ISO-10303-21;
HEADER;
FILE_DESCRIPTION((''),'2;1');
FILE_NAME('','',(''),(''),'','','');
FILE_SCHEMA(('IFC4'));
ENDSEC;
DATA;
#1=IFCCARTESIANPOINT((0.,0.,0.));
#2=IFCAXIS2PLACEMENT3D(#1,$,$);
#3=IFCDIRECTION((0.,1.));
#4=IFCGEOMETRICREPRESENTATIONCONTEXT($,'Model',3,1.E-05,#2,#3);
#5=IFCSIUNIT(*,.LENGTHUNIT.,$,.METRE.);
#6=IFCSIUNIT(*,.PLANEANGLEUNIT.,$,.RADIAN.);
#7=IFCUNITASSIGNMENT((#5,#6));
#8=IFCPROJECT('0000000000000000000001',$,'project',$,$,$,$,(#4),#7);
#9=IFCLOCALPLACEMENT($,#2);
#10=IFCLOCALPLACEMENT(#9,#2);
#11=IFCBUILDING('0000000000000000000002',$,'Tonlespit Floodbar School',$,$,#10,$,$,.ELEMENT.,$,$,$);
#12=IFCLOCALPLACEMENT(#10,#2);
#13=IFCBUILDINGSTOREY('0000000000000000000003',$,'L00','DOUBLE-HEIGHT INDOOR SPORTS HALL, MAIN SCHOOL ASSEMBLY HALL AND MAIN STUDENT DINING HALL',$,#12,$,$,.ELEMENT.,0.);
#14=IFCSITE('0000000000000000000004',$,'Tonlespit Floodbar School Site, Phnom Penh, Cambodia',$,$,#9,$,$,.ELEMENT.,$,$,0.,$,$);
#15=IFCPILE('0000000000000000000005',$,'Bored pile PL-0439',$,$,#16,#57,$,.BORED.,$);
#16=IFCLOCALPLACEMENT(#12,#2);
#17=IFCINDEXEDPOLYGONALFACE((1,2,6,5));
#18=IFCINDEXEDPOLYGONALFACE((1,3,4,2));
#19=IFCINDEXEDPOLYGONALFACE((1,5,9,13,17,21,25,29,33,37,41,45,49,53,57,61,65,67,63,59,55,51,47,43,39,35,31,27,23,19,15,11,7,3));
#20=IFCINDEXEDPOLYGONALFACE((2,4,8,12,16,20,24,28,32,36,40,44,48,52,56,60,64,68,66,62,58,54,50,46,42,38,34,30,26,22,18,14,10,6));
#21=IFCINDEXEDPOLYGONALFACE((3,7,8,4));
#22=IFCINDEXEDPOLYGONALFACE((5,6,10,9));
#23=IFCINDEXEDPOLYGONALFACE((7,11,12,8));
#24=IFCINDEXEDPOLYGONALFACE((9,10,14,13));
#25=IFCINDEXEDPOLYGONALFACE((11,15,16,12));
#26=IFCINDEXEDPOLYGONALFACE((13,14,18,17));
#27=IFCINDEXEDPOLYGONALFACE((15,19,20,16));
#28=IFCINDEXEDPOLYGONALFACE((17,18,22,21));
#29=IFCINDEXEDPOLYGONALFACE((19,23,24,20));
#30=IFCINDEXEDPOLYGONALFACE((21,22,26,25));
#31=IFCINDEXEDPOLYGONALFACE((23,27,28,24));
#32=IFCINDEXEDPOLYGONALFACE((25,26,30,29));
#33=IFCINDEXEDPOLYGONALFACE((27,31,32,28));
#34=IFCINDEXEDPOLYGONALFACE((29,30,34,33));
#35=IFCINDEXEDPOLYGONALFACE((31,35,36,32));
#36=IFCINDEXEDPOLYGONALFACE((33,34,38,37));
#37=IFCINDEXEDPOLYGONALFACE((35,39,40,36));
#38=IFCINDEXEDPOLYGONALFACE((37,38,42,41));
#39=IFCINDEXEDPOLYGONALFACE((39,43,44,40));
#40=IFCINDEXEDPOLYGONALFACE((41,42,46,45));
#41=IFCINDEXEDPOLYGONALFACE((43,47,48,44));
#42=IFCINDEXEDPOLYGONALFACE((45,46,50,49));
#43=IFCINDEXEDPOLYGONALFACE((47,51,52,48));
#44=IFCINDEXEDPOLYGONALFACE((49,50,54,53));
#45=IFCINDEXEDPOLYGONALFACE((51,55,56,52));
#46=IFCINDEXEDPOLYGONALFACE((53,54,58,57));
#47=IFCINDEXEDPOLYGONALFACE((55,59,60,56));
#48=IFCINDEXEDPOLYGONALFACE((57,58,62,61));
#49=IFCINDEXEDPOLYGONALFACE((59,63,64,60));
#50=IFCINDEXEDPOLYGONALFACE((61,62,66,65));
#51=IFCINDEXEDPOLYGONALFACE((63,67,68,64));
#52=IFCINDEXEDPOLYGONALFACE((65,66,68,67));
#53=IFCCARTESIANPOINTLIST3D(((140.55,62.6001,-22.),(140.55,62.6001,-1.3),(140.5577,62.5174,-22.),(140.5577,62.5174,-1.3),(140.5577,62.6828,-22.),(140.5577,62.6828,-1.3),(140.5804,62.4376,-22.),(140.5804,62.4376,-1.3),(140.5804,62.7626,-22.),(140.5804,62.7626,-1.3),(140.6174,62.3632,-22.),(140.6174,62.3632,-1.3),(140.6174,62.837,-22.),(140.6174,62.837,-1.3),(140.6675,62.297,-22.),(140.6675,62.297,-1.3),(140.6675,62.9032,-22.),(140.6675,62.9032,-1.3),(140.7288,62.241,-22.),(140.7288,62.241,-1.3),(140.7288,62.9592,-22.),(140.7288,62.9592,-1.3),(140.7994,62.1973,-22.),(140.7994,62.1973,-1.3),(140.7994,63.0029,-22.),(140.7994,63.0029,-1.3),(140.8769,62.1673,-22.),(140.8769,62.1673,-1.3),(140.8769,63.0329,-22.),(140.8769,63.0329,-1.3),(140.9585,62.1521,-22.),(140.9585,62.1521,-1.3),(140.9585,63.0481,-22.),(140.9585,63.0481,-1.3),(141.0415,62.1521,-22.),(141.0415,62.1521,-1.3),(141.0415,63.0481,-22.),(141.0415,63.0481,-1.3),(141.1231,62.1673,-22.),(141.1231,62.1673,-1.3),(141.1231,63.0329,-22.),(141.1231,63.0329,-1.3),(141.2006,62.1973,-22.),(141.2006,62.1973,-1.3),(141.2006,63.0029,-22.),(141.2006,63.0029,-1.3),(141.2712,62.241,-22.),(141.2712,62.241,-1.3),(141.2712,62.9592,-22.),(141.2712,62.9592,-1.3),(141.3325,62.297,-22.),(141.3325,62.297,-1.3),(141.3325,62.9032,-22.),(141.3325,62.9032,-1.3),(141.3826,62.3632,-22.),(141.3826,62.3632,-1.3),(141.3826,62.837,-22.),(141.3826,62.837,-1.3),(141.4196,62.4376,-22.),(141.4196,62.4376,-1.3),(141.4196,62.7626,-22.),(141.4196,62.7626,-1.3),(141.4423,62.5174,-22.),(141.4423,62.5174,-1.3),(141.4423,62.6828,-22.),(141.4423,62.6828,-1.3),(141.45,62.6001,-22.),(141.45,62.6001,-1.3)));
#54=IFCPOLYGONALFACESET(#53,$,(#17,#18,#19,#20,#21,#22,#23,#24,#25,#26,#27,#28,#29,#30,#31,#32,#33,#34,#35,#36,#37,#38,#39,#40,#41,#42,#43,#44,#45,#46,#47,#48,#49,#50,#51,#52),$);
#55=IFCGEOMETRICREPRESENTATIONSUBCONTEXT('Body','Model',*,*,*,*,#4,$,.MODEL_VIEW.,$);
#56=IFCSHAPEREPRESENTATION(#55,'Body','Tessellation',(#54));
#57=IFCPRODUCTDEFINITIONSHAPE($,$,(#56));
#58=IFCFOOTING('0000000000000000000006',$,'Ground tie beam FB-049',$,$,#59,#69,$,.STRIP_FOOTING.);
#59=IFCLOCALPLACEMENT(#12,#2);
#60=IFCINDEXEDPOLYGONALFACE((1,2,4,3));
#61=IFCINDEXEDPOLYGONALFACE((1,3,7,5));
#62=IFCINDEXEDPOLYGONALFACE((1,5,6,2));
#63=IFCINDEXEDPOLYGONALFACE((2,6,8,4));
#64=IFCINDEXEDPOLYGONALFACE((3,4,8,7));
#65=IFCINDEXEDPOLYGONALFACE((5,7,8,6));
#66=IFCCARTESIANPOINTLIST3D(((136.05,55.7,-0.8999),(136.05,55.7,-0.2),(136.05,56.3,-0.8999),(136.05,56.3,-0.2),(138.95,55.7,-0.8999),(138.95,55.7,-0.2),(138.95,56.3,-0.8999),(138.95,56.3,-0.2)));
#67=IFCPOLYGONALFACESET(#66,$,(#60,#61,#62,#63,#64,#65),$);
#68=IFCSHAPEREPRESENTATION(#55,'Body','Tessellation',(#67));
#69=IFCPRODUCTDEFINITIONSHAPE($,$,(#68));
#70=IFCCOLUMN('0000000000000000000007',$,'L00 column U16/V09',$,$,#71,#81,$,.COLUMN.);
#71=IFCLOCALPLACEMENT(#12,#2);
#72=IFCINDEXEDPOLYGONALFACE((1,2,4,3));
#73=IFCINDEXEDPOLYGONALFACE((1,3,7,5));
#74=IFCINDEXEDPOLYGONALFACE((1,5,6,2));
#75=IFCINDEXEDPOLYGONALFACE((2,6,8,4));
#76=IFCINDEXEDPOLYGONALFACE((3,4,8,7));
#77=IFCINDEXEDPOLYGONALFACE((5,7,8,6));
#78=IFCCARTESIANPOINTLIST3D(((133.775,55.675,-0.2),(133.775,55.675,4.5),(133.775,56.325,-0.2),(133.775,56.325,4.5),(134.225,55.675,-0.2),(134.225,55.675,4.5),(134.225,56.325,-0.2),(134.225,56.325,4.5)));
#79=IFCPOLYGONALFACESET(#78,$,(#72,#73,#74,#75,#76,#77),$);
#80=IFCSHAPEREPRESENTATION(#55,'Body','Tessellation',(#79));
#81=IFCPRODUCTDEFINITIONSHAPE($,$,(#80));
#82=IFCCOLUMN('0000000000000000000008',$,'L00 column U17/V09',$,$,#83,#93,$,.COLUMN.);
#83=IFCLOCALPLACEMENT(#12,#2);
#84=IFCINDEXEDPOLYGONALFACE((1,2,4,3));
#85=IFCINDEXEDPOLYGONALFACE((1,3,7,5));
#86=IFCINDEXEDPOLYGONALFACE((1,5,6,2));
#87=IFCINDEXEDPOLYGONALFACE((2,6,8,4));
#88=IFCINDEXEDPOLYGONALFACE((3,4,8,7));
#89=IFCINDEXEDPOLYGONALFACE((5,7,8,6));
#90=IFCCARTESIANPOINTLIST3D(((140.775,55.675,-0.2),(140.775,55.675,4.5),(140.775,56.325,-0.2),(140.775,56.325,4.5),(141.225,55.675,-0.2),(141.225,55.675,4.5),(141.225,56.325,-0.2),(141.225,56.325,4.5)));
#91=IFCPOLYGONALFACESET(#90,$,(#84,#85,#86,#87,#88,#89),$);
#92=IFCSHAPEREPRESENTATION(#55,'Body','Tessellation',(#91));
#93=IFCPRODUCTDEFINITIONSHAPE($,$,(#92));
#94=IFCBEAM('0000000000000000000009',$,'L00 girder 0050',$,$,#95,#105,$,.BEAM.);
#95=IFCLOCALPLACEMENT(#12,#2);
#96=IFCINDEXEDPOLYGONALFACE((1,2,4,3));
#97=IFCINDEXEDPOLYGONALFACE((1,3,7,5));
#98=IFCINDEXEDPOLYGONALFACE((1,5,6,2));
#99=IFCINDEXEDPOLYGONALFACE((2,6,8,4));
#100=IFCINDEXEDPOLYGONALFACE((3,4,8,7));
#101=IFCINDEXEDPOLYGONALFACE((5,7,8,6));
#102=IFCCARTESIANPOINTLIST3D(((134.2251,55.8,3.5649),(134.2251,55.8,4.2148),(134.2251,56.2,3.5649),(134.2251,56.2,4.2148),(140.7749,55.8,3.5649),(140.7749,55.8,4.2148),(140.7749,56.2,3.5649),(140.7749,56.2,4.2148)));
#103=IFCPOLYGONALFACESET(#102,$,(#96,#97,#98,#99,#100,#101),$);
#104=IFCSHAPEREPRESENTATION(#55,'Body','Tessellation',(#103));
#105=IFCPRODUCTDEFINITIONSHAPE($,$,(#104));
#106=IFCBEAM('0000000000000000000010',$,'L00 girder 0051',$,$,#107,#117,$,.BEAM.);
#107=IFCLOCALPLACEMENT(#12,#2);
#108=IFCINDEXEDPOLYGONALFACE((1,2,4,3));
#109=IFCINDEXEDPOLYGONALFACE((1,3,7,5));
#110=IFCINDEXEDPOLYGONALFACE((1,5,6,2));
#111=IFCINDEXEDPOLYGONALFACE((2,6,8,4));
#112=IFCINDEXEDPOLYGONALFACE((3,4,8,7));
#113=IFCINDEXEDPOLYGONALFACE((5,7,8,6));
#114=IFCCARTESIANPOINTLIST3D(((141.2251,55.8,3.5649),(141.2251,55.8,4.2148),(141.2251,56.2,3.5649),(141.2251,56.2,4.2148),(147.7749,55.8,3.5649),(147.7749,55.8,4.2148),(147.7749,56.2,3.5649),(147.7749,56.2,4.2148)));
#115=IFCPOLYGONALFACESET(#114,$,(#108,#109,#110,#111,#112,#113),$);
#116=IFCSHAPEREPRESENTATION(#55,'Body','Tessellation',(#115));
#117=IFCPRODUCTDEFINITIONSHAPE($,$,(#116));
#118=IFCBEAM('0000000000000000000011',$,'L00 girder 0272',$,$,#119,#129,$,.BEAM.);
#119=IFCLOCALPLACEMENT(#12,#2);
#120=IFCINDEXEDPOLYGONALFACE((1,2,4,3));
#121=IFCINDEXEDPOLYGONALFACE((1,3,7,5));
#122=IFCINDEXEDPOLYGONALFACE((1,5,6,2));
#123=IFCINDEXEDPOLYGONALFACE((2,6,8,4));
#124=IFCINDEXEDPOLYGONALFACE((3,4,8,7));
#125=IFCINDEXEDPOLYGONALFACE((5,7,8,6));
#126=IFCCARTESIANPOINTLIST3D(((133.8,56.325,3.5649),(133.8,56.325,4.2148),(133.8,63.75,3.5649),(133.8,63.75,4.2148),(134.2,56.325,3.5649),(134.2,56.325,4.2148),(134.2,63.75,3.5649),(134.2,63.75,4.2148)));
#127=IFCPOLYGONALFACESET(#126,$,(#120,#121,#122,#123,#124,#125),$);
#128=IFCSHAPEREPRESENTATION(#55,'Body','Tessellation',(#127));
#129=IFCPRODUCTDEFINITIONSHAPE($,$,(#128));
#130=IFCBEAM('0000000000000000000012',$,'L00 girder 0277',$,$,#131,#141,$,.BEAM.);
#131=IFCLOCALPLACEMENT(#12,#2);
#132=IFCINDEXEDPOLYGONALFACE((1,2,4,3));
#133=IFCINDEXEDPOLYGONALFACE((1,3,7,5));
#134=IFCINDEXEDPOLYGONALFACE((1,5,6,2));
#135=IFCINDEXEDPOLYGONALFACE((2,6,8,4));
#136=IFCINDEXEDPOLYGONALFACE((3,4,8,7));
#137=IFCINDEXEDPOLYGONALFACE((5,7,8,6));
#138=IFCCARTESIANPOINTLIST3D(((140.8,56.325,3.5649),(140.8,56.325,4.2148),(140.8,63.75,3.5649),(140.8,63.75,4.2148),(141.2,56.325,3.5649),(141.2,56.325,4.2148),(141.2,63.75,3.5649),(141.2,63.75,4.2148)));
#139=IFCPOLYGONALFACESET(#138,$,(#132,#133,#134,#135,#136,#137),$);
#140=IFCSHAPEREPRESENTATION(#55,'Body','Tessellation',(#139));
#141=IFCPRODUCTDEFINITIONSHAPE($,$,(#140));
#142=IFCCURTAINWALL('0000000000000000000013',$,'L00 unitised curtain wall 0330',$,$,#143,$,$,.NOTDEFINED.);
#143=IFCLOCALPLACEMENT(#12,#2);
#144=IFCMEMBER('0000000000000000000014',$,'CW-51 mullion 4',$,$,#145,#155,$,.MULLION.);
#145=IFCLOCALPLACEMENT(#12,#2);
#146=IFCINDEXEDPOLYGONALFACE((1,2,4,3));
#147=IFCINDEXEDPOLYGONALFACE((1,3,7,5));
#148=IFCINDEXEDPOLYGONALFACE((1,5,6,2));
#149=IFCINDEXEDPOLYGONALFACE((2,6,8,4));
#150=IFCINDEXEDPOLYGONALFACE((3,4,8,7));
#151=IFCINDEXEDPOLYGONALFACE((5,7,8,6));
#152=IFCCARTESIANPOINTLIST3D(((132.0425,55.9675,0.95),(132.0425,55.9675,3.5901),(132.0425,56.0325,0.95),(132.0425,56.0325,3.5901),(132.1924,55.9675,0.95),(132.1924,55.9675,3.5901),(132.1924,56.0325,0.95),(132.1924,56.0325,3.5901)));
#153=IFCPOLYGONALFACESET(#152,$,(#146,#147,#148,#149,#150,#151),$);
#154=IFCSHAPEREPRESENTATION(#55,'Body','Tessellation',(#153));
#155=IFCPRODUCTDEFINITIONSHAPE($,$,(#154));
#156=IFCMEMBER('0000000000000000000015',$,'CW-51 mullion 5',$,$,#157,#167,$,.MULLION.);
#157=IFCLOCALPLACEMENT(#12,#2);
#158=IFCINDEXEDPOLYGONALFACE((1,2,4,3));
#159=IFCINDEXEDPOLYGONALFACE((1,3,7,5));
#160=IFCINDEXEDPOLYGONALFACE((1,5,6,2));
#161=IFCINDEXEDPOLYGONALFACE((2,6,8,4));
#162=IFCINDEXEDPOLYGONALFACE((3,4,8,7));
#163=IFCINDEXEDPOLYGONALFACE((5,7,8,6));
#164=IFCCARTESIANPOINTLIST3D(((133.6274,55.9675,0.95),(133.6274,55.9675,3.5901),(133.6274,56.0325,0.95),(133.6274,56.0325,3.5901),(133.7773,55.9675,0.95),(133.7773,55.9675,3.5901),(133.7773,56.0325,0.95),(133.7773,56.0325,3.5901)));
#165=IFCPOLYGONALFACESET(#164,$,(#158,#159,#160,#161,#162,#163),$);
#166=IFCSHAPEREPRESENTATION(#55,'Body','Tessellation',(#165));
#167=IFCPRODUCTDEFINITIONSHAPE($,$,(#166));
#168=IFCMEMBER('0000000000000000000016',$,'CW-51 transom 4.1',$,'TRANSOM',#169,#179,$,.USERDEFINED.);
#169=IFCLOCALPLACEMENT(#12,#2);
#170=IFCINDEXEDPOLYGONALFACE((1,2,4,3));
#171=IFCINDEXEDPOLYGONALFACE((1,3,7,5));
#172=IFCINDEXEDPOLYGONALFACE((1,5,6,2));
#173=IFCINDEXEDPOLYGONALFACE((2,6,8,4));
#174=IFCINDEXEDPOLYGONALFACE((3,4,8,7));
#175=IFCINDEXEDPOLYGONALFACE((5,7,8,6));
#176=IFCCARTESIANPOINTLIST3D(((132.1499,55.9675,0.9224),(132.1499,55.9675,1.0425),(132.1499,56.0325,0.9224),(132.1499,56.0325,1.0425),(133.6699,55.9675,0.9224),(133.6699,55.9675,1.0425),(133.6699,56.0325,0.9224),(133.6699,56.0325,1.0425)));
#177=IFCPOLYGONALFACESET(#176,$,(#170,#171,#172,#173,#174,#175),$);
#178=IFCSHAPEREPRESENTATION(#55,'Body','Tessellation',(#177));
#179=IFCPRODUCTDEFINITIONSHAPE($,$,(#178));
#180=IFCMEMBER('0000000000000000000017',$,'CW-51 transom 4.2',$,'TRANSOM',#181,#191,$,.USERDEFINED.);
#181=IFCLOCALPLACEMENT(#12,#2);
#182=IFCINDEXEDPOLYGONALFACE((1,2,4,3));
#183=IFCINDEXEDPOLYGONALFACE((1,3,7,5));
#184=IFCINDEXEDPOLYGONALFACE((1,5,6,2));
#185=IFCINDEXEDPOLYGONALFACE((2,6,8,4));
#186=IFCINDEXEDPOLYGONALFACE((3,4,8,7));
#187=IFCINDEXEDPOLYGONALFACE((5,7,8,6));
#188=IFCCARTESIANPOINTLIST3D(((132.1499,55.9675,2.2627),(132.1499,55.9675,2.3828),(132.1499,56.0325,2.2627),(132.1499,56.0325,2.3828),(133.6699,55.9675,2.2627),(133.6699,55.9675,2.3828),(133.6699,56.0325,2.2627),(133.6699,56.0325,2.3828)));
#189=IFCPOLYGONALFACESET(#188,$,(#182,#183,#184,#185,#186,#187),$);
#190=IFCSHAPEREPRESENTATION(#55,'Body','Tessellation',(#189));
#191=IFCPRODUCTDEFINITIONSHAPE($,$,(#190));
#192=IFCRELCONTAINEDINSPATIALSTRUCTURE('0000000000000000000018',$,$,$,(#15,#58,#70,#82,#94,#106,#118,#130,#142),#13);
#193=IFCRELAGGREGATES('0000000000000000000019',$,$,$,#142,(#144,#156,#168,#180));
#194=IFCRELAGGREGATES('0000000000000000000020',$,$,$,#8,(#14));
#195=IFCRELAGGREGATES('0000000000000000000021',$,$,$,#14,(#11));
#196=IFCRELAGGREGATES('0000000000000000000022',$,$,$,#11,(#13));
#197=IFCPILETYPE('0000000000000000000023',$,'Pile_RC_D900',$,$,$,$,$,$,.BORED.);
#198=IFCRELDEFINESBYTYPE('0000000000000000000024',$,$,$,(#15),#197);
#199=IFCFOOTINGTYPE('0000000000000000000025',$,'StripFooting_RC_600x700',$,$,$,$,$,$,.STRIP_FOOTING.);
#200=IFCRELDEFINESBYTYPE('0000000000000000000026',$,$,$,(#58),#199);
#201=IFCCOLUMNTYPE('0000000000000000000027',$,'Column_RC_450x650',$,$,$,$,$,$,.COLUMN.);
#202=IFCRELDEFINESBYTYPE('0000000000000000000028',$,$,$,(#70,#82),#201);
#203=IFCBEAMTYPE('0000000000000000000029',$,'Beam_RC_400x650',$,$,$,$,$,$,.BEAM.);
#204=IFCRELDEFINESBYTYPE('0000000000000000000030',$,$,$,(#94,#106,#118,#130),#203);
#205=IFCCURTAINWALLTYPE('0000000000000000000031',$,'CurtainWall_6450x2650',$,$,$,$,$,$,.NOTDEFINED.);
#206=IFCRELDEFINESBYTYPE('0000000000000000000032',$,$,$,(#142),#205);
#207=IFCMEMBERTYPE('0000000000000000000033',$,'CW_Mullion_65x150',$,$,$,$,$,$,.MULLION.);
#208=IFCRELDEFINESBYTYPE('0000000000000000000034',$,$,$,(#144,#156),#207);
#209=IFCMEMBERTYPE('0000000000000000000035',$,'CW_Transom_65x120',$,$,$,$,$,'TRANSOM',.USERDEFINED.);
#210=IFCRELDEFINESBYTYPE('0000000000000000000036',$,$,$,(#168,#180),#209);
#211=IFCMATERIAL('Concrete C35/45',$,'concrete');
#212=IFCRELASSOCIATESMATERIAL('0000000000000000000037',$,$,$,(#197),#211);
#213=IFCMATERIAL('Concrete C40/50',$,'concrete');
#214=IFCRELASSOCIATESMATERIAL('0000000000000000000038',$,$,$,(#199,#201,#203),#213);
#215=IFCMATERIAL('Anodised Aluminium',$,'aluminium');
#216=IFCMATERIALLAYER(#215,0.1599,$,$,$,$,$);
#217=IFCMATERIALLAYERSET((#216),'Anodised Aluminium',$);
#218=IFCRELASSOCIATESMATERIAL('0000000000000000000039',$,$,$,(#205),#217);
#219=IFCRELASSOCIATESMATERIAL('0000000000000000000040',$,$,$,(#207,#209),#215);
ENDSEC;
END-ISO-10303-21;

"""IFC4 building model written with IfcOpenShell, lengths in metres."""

from ifc_helpers import new_model, si_unit, direction, frame, origin, origin_2d, place, context, subcontext, project, spatial, rectangle, circle, extrude, material, layer, layer_set, material_profile, profile_set, type_object, element, aggregate, save


model = new_model("IFC4")

# Units and contexts
model_context = context("Model", 3, precision=1e-05, world=origin(), true_north=direction((0.0, 1.0)))
body_context = subcontext(model_context, "Body", "Model", "MODEL_VIEW")
ifc_project = project(units=[si_unit("LENGTHUNIT", "METRE"), si_unit("PLANEANGLEUNIT", "RADIAN")], contexts=[model_context])

# Site, building, storey
site_placement = place(None, origin())
site = spatial("IfcSite", under=ifc_project, at=site_placement, Name="Tonlespit Floodbar School Site, Phnom Penh, Cambodia", CompositionType="ELEMENT", RefElevation=0.0)
building_placement = place(site_placement, origin())
building = spatial("IfcBuilding", under=site, at=building_placement, Name="Tonlespit Floodbar School", CompositionType="ELEMENT")
storey_placement = place(building_placement, origin())
storey = spatial("IfcBuildingStorey", under=building, at=storey_placement, Name="L00", Description="DOUBLE-HEIGHT INDOOR SPORTS HALL, MAIN SCHOOL ASSEMBLY HALL AND MAIN STUDENT DINING HALL", CompositionType="ELEMENT", Elevation=0.0)

# Shared definitions
ifc_material_1 = material(Name="Concrete C40/50", Category="concrete")

# Pile
ifc_material_2 = material(Name="Concrete C35/45", Category="concrete")
ifc_material_profile_1 = material_profile(ifc_material_2, circle(Radius=0.45, at=origin_2d()), Name="BP D900")
ifc_profile_set_1 = profile_set([ifc_material_profile_1], Name="Concrete C35/45")
pile_type = type_object("IfcPileType", Name="Pile_RC_D900", PredefinedType="BORED", material=ifc_profile_set_1)
for number, where, z_axis, x_axis, name in (
    (1, (141.0, 62.6001, -1.3), (0.0, 0.0, -1.0), (1.0, 0.0, 0.0), "Bored pile PL-0439"),
):
    element("IfcPile", number, at=place(storey_placement, frame(where, z_axis=z_axis, x_axis=x_axis)), inside=storey, type_object=pile_type, Name=name, PredefinedType="BORED", context=body_context, shape_type="SweptSolid", body=[
        extrude(circle(Radius=0.45, at=origin_2d()), origin(), (0.0, 0.0, 1.0), 20.7),
    ])

# Footing
footing_type_1 = type_object("IfcFootingType", Name="StripFooting_RC_600x700", PredefinedType="STRIP_FOOTING", material=ifc_material_1)
footing_placement = place(storey_placement, frame((137.5, 56.0, -0.8999), z_axis=(0.0, 0.0, 1.0), x_axis=(1.0, 0.0, 0.0)))
element("IfcFooting", 2, at=footing_placement, inside=storey, type_object=footing_type_1, Name="Ground tie beam FB-049", PredefinedType="STRIP_FOOTING", context=body_context, shape_type="SweptSolid", body=[
    extrude(rectangle(XDim=2.8999, YDim=0.6001, at=origin_2d()), origin(), (0.0, 0.0, 1.0), 0.7),
])

# Columns
ifc_material_profile_2 = material_profile(ifc_material_1, rectangle(XDim=0.45, YDim=0.6499, at=origin_2d()), Name="RC 450x650")
ifc_profile_set_2 = profile_set([ifc_material_profile_2], Name="Concrete C40/50")
column_type = type_object("IfcColumnType", Name="Column_RC_450x650", PredefinedType="COLUMN", material=ifc_profile_set_2)
for number, where, z_axis, x_axis, name in (
    (3, (134.0, 56.0, -0.2), (0.0, 0.0, 1.0), (1.0, 0.0, 0.0), "L00 column U16/V09"),
    (4, (141.0, 56.0, -0.2), (0.0, 0.0, 1.0), (1.0, 0.0, 0.0), "L00 column U17/V09"),
):
    element("IfcColumn", number, at=place(storey_placement, frame(where, z_axis=z_axis, x_axis=x_axis)), inside=storey, type_object=column_type, Name=name, PredefinedType="COLUMN", context=body_context, shape_type="SweptSolid", body=[
        extrude(rectangle(XDim=0.45, YDim=0.6499, at=origin_2d()), origin(), (0.0, 0.0, 1.0), 4.7),
    ])

# Beams
ifc_material_profile_3 = material_profile(ifc_material_1, rectangle(XDim=0.3999, YDim=0.6499, at=origin_2d()), Name="RC 400x650")
ifc_profile_set_3 = profile_set([ifc_material_profile_3], Name="Concrete C40/50")
beam_type_1 = type_object("IfcBeamType", Name="Beam_RC_400x650", PredefinedType="BEAM", material=ifc_profile_set_3)
for number, where, z_axis, x_axis, name in (
    (5, (134.2251, 56.0, 3.8899), (1.0, 0.0, 0.0), (0.0, 1.0, 0.0), "L00 girder 0050"),
    (6, (141.2251, 56.0, 3.8899), (1.0, 0.0, 0.0), (0.0, 1.0, 0.0), "L00 girder 0051"),
):
    element("IfcBeam", number, at=place(storey_placement, frame(where, z_axis=z_axis, x_axis=x_axis)), inside=storey, type_object=beam_type_1, Name=name, PredefinedType="BEAM", context=body_context, shape_type="SweptSolid", body=[
        extrude(rectangle(XDim=0.3999, YDim=0.6499, at=origin_2d()), origin(), (0.0, 0.0, 1.0), 6.5498),
    ])
for number, where, z_axis, x_axis, name in (
    (7, (134.0, 56.325, 3.8899), (0.0, 1.0, 0.0), (-1.0, 0.0, 0.0), "L00 girder 0272"),
    (8, (141.0, 56.325, 3.8899), (0.0, 1.0, 0.0), (-1.0, 0.0, 0.0), "L00 girder 0277"),
):
    element("IfcBeam", number, at=place(storey_placement, frame(where, z_axis=z_axis, x_axis=x_axis)), inside=storey, type_object=beam_type_1, Name=name, PredefinedType="BEAM", context=body_context, shape_type="SweptSolid", body=[
        extrude(rectangle(XDim=0.3999, YDim=0.6499, at=origin_2d()), origin(), (0.0, 0.0, 1.0), 7.425),
    ])

# Curtain wall, members
ifc_material_3 = material(Name="Anodised Aluminium", Category="aluminium")
ifc_layer_1 = layer(ifc_material_3, 0.1599)
ifc_layer_set_1 = layer_set([ifc_layer_1], Name="Anodised Aluminium")
curtain_wall_type = type_object("IfcCurtainWallType", Name="CurtainWall_6450x2650", PredefinedType="NOTDEFINED", material=ifc_layer_set_1)
curtain_wall_placement = place(storey_placement, origin())
curtain_wall = element("IfcCurtainWall", 9, at=curtain_wall_placement, inside=storey, type_object=curtain_wall_type, Name="L00 unitised curtain wall 0330", PredefinedType="NOTDEFINED")
ifc_material_profile_4 = material_profile(ifc_material_3, rectangle(XDim=0.0649, YDim=0.1499, at=origin_2d()), Name="ALU M65x150")
ifc_profile_set_4 = profile_set([ifc_material_profile_4], Name="Anodised Aluminium")
member_type_1 = type_object("IfcMemberType", Name="CW_Mullion_65x150", PredefinedType="MULLION", material=ifc_profile_set_4)
member_1_placement = place(storey_placement, frame((132.1174, 56.0, 0.95), z_axis=(0.0, 0.0, 1.0), x_axis=(0.0, 1.0, 0.0)))
member_1 = element("IfcMember", 10, at=member_1_placement, type_object=member_type_1, Name="CW-51 mullion 4", PredefinedType="MULLION", context=body_context, shape_type="SweptSolid", body=[
    extrude(rectangle(XDim=0.0649, YDim=0.1499, at=origin_2d()), origin(), (0.0, 0.0, 1.0), 2.6401),
])
member_2_placement = place(storey_placement, frame((133.7024, 56.0, 0.95), z_axis=(0.0, 0.0, 1.0), x_axis=(0.0, 1.0, 0.0)))
member_2 = element("IfcMember", 11, at=member_2_placement, type_object=member_type_1, Name="CW-51 mullion 5", PredefinedType="MULLION", context=body_context, shape_type="SweptSolid", body=[
    extrude(rectangle(XDim=0.0649, YDim=0.1499, at=origin_2d()), origin(), (0.0, 0.0, 1.0), 2.6401),
])
ifc_material_profile_5 = material_profile(ifc_material_3, rectangle(XDim=0.0649, YDim=0.1201, at=origin_2d()), Name="ALU T65x120")
ifc_profile_set_5 = profile_set([ifc_material_profile_5], Name="Anodised Aluminium")
member_type_2 = type_object("IfcMemberType", Name="CW_Transom_65x120", ElementType="TRANSOM", PredefinedType="USERDEFINED", material=ifc_profile_set_5)
member_3_placement = place(storey_placement, frame((132.1499, 56.0, 0.9824), z_axis=(1.0, 0.0, 0.0), x_axis=(0.0, 1.0, 0.0)))
member_3 = element("IfcMember", 12, at=member_3_placement, type_object=member_type_2, Name="CW-51 transom 4.1", ObjectType="TRANSOM", PredefinedType="USERDEFINED", context=body_context, shape_type="SweptSolid", body=[
    extrude(rectangle(XDim=0.0649, YDim=0.1201, at=origin_2d()), origin(), (0.0, 0.0, 1.0), 1.52),
])
member_4_placement = place(storey_placement, frame((132.1499, 56.0, 2.3228), z_axis=(1.0, 0.0, 0.0), x_axis=(0.0, 1.0, 0.0)))
member_4 = element("IfcMember", 13, at=member_4_placement, type_object=member_type_2, Name="CW-51 transom 4.2", ObjectType="TRANSOM", PredefinedType="USERDEFINED", context=body_context, shape_type="SweptSolid", body=[
    extrude(rectangle(XDim=0.0649, YDim=0.1201, at=origin_2d()), origin(), (0.0, 0.0, 1.0), 1.52),
])

aggregate(curtain_wall, [member_1, member_2, member_3, member_4])

save(model, "model.ifc")
